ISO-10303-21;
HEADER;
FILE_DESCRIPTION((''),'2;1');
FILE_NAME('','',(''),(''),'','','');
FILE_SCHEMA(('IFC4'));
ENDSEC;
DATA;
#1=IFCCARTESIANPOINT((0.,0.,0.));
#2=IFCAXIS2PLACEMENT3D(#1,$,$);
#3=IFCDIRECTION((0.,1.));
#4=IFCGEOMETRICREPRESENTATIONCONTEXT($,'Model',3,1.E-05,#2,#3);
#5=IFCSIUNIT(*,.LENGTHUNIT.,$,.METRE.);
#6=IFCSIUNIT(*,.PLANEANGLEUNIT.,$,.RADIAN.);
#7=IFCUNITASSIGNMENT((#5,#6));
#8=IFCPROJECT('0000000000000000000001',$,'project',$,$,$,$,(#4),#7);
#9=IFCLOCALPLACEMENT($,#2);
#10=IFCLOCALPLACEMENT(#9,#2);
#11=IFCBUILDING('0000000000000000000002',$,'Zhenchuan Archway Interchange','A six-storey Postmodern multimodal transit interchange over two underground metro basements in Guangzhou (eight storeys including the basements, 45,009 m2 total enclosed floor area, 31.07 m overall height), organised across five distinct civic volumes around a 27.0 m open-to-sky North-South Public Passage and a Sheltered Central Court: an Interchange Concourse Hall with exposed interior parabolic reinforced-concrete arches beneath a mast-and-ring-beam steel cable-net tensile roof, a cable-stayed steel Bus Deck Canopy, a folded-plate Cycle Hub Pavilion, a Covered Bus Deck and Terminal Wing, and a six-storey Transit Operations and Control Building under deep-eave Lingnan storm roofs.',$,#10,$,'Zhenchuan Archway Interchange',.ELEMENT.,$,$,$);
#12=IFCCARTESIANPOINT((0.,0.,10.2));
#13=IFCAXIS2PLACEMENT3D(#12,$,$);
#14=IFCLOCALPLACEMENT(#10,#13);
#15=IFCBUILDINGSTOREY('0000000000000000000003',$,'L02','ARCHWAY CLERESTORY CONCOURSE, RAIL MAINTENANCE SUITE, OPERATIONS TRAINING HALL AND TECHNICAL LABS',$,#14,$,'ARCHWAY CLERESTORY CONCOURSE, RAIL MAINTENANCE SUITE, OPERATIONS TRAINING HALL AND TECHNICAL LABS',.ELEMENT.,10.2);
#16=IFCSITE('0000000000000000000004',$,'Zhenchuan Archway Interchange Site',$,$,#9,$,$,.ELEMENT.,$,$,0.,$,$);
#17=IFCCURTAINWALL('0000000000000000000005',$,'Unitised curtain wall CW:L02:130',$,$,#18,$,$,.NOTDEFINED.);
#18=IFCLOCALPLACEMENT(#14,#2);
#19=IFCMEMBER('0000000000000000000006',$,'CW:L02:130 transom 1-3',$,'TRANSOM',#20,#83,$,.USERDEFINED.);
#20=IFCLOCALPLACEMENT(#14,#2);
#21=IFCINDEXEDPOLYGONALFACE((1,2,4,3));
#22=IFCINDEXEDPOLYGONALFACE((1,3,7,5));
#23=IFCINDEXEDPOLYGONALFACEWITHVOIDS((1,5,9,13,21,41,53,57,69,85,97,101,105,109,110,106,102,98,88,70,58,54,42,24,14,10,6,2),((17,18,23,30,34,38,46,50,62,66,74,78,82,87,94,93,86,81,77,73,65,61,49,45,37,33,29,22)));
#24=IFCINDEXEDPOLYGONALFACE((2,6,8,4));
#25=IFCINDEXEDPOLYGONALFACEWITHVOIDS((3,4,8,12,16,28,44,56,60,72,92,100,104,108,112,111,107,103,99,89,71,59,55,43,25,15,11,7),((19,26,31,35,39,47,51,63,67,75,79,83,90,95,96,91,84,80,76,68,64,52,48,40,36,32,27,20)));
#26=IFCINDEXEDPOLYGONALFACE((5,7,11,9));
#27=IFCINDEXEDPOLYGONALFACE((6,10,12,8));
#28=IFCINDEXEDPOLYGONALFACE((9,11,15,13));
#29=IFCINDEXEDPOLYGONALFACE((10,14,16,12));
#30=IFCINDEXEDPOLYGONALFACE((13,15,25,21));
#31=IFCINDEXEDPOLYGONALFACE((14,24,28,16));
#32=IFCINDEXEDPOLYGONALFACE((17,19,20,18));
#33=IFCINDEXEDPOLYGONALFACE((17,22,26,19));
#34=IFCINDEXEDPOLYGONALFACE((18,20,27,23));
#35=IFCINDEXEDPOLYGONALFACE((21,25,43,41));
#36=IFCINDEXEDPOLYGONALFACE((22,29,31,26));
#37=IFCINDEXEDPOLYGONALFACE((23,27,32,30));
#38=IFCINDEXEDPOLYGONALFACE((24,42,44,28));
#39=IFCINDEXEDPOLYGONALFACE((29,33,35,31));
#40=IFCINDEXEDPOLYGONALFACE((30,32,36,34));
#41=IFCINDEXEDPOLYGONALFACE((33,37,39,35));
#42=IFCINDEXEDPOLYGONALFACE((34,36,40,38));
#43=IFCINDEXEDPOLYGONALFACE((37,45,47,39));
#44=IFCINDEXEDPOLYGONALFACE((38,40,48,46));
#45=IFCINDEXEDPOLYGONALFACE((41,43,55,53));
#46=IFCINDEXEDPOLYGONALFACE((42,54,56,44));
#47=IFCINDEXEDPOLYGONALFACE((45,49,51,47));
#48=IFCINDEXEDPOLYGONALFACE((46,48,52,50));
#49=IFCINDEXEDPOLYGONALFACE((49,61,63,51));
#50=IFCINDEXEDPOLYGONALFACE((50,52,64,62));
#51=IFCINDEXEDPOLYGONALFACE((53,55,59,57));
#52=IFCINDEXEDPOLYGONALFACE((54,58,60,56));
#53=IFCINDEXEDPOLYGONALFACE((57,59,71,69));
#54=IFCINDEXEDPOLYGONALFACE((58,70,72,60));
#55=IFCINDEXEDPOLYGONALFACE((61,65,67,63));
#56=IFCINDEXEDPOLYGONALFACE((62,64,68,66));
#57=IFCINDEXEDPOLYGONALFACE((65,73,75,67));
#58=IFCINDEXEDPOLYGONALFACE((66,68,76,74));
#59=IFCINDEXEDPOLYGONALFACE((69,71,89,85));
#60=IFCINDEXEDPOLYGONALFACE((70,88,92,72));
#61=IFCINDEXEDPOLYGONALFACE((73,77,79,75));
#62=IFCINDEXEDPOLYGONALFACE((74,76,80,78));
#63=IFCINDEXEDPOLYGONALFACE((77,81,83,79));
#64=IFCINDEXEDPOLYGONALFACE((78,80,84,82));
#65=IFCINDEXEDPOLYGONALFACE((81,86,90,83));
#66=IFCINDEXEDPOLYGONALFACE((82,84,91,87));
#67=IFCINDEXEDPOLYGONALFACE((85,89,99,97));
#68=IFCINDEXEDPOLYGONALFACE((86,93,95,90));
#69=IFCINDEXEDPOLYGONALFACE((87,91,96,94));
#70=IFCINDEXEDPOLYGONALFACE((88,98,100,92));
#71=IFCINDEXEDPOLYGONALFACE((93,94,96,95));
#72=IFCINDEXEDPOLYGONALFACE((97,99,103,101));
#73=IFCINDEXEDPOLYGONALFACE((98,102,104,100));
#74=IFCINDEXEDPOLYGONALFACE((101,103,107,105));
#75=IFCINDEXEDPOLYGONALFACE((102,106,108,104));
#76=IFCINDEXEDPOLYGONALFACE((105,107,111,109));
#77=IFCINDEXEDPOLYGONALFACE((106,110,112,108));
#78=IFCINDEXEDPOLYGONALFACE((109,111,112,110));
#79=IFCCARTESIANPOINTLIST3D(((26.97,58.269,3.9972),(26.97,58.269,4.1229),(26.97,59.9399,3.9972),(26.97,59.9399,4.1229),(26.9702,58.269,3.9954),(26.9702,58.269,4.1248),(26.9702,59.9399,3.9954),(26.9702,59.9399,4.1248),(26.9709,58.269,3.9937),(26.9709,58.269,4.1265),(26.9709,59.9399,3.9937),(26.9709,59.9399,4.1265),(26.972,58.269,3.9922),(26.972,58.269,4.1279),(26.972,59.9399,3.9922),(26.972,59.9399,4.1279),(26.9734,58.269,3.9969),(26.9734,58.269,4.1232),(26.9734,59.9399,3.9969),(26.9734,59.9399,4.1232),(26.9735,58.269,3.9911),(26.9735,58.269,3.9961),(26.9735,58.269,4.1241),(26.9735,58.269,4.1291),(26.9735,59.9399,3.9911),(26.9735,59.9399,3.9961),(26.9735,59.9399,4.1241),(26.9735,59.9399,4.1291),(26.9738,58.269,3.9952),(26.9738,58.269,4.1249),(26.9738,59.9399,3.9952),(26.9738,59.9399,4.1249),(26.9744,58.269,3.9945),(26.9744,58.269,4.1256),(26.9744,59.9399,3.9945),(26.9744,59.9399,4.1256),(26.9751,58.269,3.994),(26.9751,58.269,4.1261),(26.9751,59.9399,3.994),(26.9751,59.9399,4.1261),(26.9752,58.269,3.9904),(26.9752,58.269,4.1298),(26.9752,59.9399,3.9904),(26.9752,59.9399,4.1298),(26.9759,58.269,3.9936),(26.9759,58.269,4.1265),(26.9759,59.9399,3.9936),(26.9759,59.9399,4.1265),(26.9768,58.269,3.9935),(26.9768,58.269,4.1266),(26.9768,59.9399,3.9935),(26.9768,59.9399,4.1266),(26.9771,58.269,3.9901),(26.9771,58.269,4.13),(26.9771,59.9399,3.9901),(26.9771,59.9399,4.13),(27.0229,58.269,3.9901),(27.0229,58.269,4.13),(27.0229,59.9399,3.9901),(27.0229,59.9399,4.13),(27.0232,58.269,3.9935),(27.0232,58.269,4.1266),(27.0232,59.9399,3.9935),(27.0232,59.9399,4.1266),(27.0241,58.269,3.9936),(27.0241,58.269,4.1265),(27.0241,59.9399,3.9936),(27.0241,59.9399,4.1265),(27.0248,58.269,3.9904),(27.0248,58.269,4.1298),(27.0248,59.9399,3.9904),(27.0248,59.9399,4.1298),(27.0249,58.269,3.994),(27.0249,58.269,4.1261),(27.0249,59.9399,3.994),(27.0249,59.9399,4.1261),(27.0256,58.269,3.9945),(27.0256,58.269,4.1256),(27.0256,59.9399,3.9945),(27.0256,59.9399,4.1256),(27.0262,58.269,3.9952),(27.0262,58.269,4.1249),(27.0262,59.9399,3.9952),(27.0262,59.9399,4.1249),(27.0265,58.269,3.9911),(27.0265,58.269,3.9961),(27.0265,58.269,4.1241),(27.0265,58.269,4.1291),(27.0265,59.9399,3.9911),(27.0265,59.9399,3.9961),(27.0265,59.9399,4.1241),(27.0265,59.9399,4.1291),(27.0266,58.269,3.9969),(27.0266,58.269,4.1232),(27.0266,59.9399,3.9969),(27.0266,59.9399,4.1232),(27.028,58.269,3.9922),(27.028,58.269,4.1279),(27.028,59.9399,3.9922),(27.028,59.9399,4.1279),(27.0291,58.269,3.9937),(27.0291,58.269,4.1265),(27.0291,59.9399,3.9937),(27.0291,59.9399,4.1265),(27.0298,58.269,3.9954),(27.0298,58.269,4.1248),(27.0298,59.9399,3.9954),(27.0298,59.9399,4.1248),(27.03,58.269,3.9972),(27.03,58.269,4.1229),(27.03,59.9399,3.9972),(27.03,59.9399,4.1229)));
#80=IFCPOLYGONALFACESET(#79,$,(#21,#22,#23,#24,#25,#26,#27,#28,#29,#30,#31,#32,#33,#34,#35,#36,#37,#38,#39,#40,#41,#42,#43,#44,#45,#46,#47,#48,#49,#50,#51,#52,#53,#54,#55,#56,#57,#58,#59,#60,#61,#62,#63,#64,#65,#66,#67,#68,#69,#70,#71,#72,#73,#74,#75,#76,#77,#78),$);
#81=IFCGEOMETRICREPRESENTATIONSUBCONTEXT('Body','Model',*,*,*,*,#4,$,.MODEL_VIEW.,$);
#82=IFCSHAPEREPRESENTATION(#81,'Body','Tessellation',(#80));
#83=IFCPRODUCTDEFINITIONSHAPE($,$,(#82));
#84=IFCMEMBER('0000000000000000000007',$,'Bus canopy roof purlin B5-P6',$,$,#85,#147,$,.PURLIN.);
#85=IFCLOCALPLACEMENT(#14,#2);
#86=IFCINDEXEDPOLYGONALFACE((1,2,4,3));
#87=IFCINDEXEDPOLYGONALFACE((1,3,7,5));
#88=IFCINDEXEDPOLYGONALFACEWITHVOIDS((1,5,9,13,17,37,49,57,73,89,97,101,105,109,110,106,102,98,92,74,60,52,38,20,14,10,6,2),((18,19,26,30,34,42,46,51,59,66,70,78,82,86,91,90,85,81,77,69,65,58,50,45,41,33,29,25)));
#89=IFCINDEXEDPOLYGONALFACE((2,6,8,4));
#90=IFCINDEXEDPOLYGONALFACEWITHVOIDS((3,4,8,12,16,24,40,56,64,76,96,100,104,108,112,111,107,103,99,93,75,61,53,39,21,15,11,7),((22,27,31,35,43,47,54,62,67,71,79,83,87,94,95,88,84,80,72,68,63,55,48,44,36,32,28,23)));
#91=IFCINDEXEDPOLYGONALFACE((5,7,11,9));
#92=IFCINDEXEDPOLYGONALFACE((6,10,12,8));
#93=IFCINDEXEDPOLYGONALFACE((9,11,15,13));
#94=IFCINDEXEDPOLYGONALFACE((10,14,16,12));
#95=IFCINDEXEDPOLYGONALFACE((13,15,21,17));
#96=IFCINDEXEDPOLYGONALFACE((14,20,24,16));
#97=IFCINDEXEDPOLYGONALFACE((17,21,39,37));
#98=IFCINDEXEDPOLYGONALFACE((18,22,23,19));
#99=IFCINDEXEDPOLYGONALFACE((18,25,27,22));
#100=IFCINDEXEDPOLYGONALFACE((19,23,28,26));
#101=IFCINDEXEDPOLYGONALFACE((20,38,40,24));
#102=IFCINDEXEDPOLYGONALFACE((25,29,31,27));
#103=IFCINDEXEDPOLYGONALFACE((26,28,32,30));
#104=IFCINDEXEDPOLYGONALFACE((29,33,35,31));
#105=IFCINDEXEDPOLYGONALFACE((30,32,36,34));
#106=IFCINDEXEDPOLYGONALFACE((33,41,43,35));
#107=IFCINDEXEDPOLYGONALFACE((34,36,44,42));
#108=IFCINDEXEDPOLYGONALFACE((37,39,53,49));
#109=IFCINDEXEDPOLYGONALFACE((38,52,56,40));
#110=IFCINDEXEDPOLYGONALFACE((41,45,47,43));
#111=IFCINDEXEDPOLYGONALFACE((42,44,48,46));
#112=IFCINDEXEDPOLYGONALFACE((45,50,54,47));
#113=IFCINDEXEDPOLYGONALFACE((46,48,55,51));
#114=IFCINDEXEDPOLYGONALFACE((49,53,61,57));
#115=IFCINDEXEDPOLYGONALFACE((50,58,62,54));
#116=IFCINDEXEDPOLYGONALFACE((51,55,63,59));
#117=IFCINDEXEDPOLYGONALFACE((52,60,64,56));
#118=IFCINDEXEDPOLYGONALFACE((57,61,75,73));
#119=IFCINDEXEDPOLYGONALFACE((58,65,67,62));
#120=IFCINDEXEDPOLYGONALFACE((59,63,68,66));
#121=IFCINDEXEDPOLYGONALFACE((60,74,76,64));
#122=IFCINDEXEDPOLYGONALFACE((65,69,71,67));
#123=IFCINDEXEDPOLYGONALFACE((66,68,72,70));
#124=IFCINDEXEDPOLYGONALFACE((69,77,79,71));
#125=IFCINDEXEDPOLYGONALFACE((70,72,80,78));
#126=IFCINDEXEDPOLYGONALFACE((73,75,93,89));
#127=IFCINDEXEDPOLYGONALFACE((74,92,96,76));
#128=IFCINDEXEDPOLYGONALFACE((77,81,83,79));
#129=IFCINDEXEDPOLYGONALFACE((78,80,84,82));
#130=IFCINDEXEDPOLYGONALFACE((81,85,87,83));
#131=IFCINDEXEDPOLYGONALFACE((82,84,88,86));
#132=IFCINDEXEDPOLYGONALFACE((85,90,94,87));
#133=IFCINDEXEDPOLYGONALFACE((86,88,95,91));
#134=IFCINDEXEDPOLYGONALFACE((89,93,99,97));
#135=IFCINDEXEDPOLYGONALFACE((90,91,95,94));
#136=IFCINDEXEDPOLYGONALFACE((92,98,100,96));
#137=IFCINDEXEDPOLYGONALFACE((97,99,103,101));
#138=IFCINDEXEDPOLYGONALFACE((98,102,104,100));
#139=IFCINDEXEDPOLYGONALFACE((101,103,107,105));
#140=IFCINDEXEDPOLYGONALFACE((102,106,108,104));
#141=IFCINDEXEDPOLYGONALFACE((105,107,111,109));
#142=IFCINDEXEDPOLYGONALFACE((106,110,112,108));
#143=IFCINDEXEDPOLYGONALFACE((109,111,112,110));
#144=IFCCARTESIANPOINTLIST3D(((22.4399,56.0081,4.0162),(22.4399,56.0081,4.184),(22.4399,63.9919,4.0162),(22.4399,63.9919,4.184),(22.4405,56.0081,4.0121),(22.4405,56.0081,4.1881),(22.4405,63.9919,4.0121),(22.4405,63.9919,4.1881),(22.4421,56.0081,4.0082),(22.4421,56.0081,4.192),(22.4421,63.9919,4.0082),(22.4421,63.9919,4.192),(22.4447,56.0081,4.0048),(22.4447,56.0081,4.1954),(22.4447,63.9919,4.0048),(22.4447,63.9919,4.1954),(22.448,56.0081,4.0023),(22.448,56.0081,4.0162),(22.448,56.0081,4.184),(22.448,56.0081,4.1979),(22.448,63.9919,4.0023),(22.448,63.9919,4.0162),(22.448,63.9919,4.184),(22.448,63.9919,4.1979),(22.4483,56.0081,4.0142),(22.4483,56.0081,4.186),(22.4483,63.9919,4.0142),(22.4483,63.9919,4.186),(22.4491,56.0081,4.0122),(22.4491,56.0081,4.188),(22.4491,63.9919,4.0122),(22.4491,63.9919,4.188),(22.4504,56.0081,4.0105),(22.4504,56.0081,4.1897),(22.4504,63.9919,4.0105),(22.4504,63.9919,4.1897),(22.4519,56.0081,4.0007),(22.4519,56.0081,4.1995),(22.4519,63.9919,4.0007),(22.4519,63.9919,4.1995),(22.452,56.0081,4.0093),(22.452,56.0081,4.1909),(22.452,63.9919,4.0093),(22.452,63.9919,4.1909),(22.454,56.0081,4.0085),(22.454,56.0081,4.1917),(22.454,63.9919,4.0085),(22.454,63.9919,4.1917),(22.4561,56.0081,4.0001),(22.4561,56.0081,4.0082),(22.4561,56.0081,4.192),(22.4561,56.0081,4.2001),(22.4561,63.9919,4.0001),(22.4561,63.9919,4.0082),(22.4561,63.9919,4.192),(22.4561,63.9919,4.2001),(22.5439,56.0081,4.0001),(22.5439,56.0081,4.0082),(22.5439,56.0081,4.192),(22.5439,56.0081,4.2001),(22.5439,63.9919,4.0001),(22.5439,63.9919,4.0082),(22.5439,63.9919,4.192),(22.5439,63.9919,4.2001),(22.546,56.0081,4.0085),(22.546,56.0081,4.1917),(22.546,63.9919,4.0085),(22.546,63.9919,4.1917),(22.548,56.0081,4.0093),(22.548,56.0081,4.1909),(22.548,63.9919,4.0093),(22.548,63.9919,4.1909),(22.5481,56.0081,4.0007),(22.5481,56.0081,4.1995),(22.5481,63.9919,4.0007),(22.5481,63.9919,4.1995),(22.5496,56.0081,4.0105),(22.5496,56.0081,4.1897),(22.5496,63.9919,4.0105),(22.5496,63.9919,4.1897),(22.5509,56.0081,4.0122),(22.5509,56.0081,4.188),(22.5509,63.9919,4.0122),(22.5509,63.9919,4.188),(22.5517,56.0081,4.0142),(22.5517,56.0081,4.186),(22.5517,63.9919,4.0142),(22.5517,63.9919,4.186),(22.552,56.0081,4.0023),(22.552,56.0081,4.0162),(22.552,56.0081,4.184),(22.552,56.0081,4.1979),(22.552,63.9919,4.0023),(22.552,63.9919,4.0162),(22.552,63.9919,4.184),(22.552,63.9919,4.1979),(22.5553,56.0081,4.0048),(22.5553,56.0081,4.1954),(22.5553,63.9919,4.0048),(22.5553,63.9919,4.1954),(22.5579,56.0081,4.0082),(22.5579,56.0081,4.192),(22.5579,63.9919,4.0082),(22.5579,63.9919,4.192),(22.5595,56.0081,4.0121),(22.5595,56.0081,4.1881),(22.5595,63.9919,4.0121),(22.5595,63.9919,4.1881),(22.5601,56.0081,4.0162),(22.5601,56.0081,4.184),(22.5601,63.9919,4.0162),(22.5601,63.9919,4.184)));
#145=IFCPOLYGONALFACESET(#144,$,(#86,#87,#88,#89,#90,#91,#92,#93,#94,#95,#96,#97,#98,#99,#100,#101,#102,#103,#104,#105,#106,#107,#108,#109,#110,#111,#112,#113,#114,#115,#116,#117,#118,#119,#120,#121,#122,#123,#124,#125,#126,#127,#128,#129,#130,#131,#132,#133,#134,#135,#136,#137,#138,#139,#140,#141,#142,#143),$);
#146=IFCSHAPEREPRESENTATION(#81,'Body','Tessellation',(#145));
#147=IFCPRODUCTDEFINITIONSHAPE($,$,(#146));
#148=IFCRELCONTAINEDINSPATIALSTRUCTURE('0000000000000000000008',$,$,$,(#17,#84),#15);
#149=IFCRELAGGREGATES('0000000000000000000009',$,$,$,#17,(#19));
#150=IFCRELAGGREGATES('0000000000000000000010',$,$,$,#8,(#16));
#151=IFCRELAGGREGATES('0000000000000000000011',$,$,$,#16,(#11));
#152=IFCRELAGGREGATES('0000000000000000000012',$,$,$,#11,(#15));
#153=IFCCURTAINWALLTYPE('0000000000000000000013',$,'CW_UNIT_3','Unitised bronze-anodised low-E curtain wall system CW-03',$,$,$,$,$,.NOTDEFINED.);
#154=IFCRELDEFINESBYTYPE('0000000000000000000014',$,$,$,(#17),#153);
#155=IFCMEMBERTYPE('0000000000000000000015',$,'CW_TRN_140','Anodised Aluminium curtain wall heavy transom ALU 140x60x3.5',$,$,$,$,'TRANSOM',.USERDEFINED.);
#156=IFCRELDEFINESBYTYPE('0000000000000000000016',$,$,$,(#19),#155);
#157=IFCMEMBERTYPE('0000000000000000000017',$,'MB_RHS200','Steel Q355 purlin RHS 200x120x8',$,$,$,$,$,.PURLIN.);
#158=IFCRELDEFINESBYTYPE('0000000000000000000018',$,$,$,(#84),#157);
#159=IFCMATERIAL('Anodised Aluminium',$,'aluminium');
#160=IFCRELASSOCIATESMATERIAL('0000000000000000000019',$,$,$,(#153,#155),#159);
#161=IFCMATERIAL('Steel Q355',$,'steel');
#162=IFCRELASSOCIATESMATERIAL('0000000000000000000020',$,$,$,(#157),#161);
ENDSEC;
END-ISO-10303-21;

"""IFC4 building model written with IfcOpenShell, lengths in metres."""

from ifc_helpers import new_model, si_unit, direction, frame, origin, origin_2d, place, context, subcontext, project, spatial, hollow_rectangle, extrude, material, material_profile, profile_set, type_object, element, aggregate, save


model = new_model("IFC4")

# Units and contexts
model_context = context("Model", 3, precision=1e-05, world=origin(), true_north=direction((0.0, 1.0)))
body_context = subcontext(model_context, "Body", "Model", "MODEL_VIEW")
ifc_project = project(units=[si_unit("LENGTHUNIT", "METRE"), si_unit("PLANEANGLEUNIT", "RADIAN")], contexts=[model_context])

# Site, building, storey
site_placement = place(None, origin())
site = spatial("IfcSite", under=ifc_project, at=site_placement, Name="Zhenchuan Archway Interchange Site", CompositionType="ELEMENT", RefElevation=0.0)
building_placement = place(site_placement, origin())
building = spatial("IfcBuilding", under=site, at=building_placement, Name="Zhenchuan Archway Interchange", Description="A six-storey Postmodern multimodal transit interchange over two underground metro basements in Guangzhou (eight storeys including the basements, 45,009 m2 total enclosed floor area, 31.07 m overall height), organised across five distinct civic volumes around a 27.0 m open-to-sky North-South Public Passage and a Sheltered Central Court: an Interchange Concourse Hall with exposed interior parabolic reinforced-concrete arches beneath a mast-and-ring-beam steel cable-net tensile roof, a cable-stayed steel Bus Deck Canopy, a folded-plate Cycle Hub Pavilion, a Covered Bus Deck and Terminal Wing, and a six-storey Transit Operations and Control Building under deep-eave Lingnan storm roofs.", LongName="Zhenchuan Archway Interchange", CompositionType="ELEMENT")
storey_placement = place(building_placement, frame((0.0, 0.0, 10.2)))
storey = spatial("IfcBuildingStorey", under=building, at=storey_placement, Name="L02", Description="ARCHWAY CLERESTORY CONCOURSE, RAIL MAINTENANCE SUITE, OPERATIONS TRAINING HALL AND TECHNICAL LABS", LongName="ARCHWAY CLERESTORY CONCOURSE, RAIL MAINTENANCE SUITE, OPERATIONS TRAINING HALL AND TECHNICAL LABS", CompositionType="ELEMENT", Elevation=10.2)

# Shared definitions
ifc_material_1 = material(Name="Steel Q355", Category="steel")

# Shared definitions
ifc_material_2 = material(Name="Anodised Aluminium", Category="aluminium")

# Curtain wall
curtain_wall_type_1 = type_object("IfcCurtainWallType", Name="CW_UNIT_3", Description="Unitised bronze-anodised low-E curtain wall system CW-03", PredefinedType="NOTDEFINED", material=ifc_material_2)
curtain_wall_1_placement = place(storey_placement, origin())
curtain_wall_1 = element("IfcCurtainWall", 1, at=curtain_wall_1_placement, inside=storey, type_object=curtain_wall_type_1, Name="Unitised curtain wall CW:L02:130", PredefinedType="NOTDEFINED")

# Member
ifc_material_profile_1 = material_profile(ifc_material_2, hollow_rectangle(XDim=0.0601, YDim=0.1399, WallThickness=0.0034, InnerFilletRadius=0.0034, OuterFilletRadius=0.0071, at=origin_2d()), Name="ALU 140x60x3.5")
ifc_profile_set_1 = profile_set([ifc_material_profile_1], Name="Anodised Aluminium")
member_type_1 = type_object("IfcMemberType", Name="CW_TRN_140", Description="Anodised Aluminium curtain wall heavy transom ALU 140x60x3.5", ElementType="TRANSOM", PredefinedType="USERDEFINED", material=ifc_profile_set_1)
member_1_placement = place(storey_placement, frame((27.0, 58.269, 4.0601), z_axis=(0.0, 1.0, 0.0), x_axis=(-1.0, 0.0, 0.0)))
member_1 = element("IfcMember", 2, at=member_1_placement, type_object=member_type_1, Name="CW:L02:130 transom 1-3", ObjectType="TRANSOM", PredefinedType="USERDEFINED", context=body_context, shape_type="SweptSolid", body=[
    extrude(hollow_rectangle(XDim=0.0601, YDim=0.1399, WallThickness=0.0034, InnerFilletRadius=0.0034, OuterFilletRadius=0.0071, at=origin_2d()), origin(), (0.0, 0.0, 1.0), 1.6709),
])

# Member
ifc_material_profile_2 = material_profile(ifc_material_1, hollow_rectangle(XDim=0.1201, YDim=0.2, WallThickness=0.0081, InnerFilletRadius=0.0081, OuterFilletRadius=0.0161, at=origin_2d()), Name="RHS 200x120x8")
ifc_profile_set_2 = profile_set([ifc_material_profile_2], Name="Steel Q355")
member_type_2 = type_object("IfcMemberType", Name="MB_RHS200", Description="Steel Q355 purlin RHS 200x120x8", PredefinedType="PURLIN", material=ifc_profile_set_2)
for number, where, z_axis, x_axis, name in (
    (3, (22.5, 56.0081, 4.1001), (0.0, 1.0, 0.0), (-1.0, 0.0, 0.0), "Bus canopy roof purlin B5-P6"),
):
    element("IfcMember", number, at=place(storey_placement, frame(where, z_axis=z_axis, x_axis=x_axis)), inside=storey, type_object=member_type_2, Name=name, PredefinedType="PURLIN", context=body_context, shape_type="SweptSolid", body=[
        extrude(hollow_rectangle(XDim=0.1201, YDim=0.2, WallThickness=0.0081, InnerFilletRadius=0.0081, OuterFilletRadius=0.0161, at=origin_2d()), origin(), (0.0, 0.0, 1.0), 7.9839),
    ])

aggregate(curtain_wall_1, [member_1])

save(model, "model.ifc")
